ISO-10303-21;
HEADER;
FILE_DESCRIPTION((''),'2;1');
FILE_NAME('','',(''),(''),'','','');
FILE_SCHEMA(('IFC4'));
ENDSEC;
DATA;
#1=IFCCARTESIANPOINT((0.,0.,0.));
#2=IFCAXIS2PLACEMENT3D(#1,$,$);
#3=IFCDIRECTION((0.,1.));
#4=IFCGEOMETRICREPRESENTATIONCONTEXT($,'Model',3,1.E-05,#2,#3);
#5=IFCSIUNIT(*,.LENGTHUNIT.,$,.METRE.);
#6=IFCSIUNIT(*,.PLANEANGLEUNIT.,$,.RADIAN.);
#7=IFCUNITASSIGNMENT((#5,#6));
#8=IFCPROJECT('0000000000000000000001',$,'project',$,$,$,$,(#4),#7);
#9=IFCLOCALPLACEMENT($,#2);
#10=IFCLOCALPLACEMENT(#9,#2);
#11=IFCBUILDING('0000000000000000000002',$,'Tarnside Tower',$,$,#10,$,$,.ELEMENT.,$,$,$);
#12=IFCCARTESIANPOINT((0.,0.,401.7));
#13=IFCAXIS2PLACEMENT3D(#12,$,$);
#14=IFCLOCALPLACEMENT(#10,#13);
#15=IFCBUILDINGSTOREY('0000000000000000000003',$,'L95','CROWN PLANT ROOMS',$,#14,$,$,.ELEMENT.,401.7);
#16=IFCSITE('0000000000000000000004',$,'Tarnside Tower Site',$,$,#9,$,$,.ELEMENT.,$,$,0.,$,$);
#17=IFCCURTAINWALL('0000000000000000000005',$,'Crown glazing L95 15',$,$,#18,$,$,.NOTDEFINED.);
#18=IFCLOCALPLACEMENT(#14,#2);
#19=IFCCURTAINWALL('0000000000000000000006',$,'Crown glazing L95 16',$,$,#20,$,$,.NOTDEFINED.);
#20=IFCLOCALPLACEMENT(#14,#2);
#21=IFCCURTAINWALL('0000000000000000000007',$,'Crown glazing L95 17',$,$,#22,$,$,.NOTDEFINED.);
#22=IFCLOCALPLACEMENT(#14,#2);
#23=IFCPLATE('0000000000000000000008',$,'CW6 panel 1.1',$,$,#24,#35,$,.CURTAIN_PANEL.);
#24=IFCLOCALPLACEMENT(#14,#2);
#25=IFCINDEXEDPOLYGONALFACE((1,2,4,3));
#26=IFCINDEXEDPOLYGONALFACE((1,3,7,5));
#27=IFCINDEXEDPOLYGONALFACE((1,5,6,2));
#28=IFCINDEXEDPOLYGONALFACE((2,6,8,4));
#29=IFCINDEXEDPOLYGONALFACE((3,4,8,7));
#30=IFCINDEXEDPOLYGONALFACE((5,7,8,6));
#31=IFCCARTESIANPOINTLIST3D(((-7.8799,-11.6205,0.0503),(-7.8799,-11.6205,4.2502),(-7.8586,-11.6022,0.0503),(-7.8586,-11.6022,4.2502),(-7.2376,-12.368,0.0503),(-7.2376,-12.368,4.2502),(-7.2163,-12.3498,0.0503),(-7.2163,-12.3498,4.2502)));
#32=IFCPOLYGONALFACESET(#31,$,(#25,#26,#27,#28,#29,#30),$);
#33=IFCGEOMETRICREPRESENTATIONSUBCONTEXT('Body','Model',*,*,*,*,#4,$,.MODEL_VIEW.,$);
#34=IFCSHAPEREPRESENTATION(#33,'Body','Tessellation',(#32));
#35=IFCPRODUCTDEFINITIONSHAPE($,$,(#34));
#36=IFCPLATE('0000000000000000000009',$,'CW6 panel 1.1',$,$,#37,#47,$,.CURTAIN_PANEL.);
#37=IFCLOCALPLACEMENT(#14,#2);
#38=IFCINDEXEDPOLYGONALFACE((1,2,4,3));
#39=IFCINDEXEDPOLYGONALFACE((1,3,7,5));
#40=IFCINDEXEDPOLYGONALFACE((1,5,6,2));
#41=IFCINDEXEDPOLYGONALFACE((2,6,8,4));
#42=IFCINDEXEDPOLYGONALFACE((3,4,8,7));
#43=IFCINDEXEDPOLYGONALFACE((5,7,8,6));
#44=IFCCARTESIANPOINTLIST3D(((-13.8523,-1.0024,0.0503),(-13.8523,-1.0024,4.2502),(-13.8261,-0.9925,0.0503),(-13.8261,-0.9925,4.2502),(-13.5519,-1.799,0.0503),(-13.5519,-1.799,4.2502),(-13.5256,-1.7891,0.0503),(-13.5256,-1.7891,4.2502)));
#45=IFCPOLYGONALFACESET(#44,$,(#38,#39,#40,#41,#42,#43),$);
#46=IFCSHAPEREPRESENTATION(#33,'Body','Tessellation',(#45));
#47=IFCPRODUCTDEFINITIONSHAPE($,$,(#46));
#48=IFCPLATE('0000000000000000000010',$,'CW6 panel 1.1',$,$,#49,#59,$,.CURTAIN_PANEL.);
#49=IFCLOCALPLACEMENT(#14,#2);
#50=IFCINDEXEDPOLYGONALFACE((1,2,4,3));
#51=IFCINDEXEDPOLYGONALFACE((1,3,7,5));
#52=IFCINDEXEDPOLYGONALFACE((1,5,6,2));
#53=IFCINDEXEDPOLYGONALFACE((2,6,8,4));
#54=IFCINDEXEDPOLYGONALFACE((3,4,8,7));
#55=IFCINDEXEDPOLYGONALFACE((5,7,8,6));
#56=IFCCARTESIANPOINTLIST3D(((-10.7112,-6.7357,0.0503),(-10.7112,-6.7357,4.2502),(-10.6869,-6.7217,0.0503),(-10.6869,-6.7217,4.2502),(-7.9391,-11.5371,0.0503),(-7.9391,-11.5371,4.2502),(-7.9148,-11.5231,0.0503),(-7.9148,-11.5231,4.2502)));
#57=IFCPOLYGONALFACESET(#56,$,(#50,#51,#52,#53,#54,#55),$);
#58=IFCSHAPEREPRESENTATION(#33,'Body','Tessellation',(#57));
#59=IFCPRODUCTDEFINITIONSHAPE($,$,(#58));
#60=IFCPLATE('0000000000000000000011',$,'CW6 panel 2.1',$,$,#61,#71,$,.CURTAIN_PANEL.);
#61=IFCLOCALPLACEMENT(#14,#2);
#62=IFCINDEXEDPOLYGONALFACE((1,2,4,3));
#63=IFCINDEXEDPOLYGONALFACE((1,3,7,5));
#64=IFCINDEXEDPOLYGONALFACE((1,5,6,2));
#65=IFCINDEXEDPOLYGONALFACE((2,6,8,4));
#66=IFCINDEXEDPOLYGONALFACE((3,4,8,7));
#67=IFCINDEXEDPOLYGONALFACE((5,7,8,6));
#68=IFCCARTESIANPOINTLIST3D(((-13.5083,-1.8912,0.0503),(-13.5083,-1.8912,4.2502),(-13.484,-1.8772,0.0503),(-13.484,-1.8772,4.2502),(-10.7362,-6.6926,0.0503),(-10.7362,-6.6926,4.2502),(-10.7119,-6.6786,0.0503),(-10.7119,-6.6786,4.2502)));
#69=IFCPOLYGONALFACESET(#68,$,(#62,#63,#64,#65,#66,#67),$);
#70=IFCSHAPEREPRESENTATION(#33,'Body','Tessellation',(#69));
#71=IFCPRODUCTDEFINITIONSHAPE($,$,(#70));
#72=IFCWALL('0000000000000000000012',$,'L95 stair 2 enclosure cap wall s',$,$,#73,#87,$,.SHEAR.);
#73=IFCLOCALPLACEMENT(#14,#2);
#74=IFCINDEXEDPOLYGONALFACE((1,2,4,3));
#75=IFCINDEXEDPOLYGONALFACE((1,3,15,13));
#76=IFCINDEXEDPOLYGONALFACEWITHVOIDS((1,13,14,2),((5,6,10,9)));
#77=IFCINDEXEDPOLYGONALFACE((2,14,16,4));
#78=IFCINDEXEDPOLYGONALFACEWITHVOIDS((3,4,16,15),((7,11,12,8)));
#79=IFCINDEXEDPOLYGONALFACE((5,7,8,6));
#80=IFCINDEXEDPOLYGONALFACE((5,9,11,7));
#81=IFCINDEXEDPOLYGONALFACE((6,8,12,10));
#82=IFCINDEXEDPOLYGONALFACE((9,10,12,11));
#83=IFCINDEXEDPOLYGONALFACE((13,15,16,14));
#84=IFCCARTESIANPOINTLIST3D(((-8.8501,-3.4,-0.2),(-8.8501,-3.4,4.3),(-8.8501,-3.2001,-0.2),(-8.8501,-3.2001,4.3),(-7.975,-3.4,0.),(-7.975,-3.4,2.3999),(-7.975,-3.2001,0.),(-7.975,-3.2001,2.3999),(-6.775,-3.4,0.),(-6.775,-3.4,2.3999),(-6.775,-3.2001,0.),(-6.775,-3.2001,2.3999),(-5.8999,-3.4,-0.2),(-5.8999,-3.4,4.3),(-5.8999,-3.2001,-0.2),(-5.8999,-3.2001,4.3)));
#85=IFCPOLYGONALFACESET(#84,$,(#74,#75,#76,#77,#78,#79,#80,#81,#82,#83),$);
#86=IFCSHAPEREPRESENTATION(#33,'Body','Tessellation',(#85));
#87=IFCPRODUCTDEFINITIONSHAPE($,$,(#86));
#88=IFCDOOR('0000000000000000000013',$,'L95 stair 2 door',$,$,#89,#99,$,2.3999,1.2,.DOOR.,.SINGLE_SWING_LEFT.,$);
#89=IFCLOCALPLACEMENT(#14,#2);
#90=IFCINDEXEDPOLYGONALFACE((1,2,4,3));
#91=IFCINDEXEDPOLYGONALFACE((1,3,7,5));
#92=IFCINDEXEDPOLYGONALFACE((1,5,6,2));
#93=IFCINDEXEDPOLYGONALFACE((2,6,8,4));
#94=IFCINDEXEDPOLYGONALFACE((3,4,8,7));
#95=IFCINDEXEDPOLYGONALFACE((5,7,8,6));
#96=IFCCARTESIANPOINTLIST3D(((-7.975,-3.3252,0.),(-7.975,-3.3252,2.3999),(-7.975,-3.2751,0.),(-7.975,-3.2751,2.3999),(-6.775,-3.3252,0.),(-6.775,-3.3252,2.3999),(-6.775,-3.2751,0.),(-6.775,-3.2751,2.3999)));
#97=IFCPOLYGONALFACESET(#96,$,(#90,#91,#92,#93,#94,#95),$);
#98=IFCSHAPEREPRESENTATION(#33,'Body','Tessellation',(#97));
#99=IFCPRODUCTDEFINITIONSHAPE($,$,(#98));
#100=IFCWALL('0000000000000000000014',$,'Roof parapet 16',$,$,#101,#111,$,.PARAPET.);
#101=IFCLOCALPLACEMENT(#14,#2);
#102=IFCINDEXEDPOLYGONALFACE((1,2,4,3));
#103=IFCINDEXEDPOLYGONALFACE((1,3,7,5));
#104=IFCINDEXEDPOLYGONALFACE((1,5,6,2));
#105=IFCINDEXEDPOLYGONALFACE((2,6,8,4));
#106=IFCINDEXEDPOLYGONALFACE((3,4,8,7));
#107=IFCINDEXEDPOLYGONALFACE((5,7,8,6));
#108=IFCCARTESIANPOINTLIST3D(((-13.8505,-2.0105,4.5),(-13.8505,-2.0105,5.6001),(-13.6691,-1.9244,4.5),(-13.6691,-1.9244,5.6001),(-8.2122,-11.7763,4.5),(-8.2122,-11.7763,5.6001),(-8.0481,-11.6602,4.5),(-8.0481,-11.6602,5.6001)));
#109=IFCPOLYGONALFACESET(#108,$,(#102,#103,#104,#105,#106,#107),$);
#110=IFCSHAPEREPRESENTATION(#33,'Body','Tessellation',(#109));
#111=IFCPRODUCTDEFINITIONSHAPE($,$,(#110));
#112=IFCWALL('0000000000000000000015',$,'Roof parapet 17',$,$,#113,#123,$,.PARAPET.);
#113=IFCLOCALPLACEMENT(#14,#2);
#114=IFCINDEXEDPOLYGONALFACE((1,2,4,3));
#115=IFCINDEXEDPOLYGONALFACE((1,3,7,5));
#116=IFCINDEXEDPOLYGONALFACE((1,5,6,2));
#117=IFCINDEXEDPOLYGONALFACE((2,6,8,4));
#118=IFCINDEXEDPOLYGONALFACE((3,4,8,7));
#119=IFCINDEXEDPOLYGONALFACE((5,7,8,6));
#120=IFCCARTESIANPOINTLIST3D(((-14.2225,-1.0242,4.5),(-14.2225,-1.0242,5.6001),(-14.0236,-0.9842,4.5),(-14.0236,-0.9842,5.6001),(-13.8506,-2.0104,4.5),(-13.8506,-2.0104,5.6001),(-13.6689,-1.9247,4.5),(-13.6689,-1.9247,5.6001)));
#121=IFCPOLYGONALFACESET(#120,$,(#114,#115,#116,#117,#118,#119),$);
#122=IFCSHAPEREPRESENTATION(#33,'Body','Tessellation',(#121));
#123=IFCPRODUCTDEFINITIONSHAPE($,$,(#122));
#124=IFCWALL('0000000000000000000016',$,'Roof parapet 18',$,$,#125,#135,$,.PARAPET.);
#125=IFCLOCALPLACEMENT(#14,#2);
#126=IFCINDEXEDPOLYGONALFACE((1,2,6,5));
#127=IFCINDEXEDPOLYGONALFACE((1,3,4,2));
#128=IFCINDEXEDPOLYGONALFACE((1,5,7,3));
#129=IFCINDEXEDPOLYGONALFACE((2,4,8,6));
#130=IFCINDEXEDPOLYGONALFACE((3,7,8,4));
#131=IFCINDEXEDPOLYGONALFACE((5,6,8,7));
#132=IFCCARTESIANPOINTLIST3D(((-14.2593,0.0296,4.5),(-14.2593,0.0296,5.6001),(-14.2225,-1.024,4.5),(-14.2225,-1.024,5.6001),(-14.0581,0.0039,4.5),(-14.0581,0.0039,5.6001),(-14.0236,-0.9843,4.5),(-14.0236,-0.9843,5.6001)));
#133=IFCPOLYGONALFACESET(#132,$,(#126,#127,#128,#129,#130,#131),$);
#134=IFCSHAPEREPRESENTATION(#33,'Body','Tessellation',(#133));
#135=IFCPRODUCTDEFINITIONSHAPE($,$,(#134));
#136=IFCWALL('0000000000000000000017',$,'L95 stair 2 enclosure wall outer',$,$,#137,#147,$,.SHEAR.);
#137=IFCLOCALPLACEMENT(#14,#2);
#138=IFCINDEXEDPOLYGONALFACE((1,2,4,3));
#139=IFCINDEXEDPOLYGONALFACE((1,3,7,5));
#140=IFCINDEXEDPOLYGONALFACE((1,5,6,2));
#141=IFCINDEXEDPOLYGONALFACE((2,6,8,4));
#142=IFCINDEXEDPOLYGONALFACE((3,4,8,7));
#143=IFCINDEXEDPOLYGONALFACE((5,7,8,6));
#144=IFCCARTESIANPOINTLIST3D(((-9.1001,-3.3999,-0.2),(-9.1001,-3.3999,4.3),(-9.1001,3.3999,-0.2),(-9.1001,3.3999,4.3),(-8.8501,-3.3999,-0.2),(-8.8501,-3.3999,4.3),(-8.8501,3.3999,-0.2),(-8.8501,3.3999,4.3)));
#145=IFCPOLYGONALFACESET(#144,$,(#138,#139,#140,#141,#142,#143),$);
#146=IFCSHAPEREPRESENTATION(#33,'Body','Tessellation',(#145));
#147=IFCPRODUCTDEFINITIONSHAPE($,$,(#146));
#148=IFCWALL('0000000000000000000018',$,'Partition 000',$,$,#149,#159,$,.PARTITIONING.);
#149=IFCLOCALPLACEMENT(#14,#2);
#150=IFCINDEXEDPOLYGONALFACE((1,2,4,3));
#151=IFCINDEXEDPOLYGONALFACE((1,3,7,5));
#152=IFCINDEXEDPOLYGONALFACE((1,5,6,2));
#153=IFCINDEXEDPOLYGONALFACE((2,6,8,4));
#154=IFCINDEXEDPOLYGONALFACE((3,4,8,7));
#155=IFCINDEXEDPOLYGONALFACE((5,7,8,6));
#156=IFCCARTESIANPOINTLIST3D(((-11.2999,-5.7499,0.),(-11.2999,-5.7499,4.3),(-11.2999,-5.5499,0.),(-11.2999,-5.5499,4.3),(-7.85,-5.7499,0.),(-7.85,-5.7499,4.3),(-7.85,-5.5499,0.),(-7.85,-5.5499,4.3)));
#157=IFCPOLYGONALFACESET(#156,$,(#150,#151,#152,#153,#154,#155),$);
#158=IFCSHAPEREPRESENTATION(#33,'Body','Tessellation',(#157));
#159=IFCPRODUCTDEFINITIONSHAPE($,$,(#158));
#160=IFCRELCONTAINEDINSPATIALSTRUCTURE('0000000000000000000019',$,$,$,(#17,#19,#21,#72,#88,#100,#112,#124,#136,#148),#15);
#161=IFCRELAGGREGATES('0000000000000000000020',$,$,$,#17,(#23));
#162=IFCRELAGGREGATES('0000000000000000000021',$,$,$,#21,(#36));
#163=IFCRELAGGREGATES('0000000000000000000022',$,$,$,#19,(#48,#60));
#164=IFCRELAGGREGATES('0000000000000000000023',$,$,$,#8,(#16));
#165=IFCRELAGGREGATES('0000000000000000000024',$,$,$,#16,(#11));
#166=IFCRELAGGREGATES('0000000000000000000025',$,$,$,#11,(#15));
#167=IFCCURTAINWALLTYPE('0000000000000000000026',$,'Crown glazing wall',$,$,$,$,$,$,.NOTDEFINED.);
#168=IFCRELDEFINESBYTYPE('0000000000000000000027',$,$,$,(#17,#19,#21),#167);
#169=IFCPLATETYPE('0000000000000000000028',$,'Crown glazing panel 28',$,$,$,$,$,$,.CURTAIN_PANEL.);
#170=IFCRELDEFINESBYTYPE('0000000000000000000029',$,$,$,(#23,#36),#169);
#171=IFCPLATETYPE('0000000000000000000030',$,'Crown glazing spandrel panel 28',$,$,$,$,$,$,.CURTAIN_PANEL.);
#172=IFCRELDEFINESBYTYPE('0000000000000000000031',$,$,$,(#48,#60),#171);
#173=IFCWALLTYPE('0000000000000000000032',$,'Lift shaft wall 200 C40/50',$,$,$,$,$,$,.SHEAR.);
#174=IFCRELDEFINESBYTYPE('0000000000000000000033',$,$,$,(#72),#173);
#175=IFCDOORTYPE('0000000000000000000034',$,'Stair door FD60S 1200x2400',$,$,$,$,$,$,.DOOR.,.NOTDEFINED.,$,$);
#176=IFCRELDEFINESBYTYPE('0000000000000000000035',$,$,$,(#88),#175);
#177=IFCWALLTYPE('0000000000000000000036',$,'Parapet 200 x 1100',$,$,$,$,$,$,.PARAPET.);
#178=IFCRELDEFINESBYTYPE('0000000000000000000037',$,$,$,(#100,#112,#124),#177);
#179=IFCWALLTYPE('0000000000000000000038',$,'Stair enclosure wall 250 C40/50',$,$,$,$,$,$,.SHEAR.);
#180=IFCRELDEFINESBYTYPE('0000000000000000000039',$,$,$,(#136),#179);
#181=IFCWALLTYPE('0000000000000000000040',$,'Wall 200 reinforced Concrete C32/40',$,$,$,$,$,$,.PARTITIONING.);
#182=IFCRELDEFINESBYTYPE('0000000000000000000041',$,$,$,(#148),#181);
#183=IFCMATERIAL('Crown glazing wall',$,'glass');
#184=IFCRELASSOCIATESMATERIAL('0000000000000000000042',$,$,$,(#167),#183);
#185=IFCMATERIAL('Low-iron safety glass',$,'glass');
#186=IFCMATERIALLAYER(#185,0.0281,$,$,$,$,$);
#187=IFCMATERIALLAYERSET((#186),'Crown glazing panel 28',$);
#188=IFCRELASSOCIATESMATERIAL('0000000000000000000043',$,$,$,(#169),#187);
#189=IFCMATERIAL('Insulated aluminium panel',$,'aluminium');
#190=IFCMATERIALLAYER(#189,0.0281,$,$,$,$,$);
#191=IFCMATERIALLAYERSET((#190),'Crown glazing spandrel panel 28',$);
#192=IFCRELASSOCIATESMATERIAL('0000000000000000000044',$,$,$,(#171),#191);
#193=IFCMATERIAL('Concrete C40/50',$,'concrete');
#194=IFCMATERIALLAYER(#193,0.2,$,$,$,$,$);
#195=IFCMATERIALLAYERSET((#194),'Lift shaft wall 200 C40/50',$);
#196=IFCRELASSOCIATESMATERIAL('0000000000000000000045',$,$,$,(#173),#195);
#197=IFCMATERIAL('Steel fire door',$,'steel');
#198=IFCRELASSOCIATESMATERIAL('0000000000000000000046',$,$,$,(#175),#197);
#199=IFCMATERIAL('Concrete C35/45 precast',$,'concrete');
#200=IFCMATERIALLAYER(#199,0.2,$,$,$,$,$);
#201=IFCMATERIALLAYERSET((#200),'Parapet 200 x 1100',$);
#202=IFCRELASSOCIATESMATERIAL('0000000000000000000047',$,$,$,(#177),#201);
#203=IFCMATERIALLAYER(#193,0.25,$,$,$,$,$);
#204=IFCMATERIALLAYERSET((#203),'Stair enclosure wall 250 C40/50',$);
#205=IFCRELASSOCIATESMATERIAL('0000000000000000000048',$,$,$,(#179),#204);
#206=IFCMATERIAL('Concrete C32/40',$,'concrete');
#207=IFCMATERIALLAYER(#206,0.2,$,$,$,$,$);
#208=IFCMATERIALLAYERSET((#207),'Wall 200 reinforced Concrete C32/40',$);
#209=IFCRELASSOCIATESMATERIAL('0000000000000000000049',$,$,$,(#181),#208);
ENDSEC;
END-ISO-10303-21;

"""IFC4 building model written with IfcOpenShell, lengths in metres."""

from ifc_helpers import new_model, si_unit, direction, frame, frame_2d, origin, origin_2d, place, context, subcontext, project, spatial, polyline, rectangle, outline, extrude, material, layer, layer_set, type_object, element, fill, aggregate, save


model = new_model("IFC4")

# Units and contexts
model_context = context("Model", 3, precision=1e-05, world=origin(), true_north=direction((0.0, 1.0)))
body_context = subcontext(model_context, "Body", "Model", "MODEL_VIEW")
ifc_project = project(units=[si_unit("LENGTHUNIT", "METRE"), si_unit("PLANEANGLEUNIT", "RADIAN")], contexts=[model_context])

# Site, building, storey
site_placement = place(None, origin())
site = spatial("IfcSite", under=ifc_project, at=site_placement, Name="Tarnside Tower Site", CompositionType="ELEMENT", RefElevation=0.0)
building_placement = place(site_placement, origin())
building = spatial("IfcBuilding", under=site, at=building_placement, Name="Tarnside Tower", CompositionType="ELEMENT")
storey_placement = place(building_placement, frame((0.0, 0.0, 401.7)))
storey = spatial("IfcBuildingStorey", under=building, at=storey_placement, Name="L95", Description="CROWN PLANT ROOMS", CompositionType="ELEMENT", Elevation=401.7)

# Curtain wall
ifc_material_1 = material(Name="Crown glazing wall", Category="glass")
curtain_wall_type = type_object("IfcCurtainWallType", Name="Crown glazing wall", PredefinedType="NOTDEFINED", material=ifc_material_1)
curtain_wall_1_placement = place(storey_placement, origin())
curtain_wall_1 = element("IfcCurtainWall", 1, at=curtain_wall_1_placement, inside=storey, type_object=curtain_wall_type, Name="Crown glazing L95 15", PredefinedType="NOTDEFINED")

# Curtain walls
curtain_wall_2_placement = place(storey_placement, origin())
curtain_wall_2 = element("IfcCurtainWall", 2, at=curtain_wall_2_placement, inside=storey, type_object=curtain_wall_type, Name="Crown glazing L95 16", PredefinedType="NOTDEFINED")
curtain_wall_3_placement = place(storey_placement, origin())
curtain_wall_3 = element("IfcCurtainWall", 3, at=curtain_wall_3_placement, inside=storey, type_object=curtain_wall_type, Name="Crown glazing L95 17", PredefinedType="NOTDEFINED")

# Plates
ifc_material_2 = material(Name="Low-iron safety glass", Category="glass")
ifc_layer_1 = layer(ifc_material_2, 0.0281)
ifc_layer_set_1 = layer_set([ifc_layer_1], Name="Crown glazing panel 28")
plate_type_1 = type_object("IfcPlateType", Name="Crown glazing panel 28", PredefinedType="CURTAIN_PANEL", material=ifc_layer_set_1)
plate_1_placement = place(storey_placement, frame((-7.5481, -11.9851, 0.0503), z_axis=(0.0, 0.0, 1.0), x_axis=(-0.651657, 0.758514, 0.0)))
plate_1 = element("IfcPlate", 4, at=plate_1_placement, type_object=plate_type_1, Name="CW6 panel 1.1", PredefinedType="CURTAIN_PANEL", context=body_context, shape_type="SweptSolid", body=[
    extrude(rectangle(XDim=0.9856, YDim=0.0281, at=origin_2d()), origin(), (0.0, 0.0, 1.0), 4.2),
])
aggregate(curtain_wall_1, [plate_1])
plate_2_placement = place(storey_placement, frame((-13.689, -1.3958, 0.0503), z_axis=(0.0, 0.0, 1.0), x_axis=(-0.352931, 0.93565, 0.0)))
plate_2 = element("IfcPlate", 5, at=plate_2_placement, type_object=plate_type_1, Name="CW6 panel 1.1", PredefinedType="CURTAIN_PANEL", context=body_context, shape_type="SweptSolid", body=[
    extrude(rectangle(XDim=0.8513, YDim=0.0281, at=origin_2d()), origin(), (0.0, 0.0, 1.0), 4.2),
])
aggregate(curtain_wall_3, [plate_2])
ifc_material_3 = material(Name="Insulated aluminium panel", Category="aluminium")
ifc_layer_2 = layer(ifc_material_3, 0.0281)
ifc_layer_set_2 = layer_set([ifc_layer_2], Name="Crown glazing spandrel panel 28")
plate_type_2 = type_object("IfcPlateType", Name="Crown glazing spandrel panel 28", PredefinedType="CURTAIN_PANEL", material=ifc_layer_set_2)
plate_3_placement = place(storey_placement, frame((-9.313, -9.1294, 0.0503), z_axis=(0.0, 0.0, 1.0), x_axis=(-0.5, 0.866025, 0.0)))
plate_3 = element("IfcPlate", 6, at=plate_3_placement, type_object=plate_type_2, Name="CW6 panel 1.1", PredefinedType="CURTAIN_PANEL", context=body_context, shape_type="SweptSolid", body=[
    extrude(rectangle(XDim=5.5442, YDim=0.0281, at=origin_2d()), origin(), (0.0, 0.0, 1.0), 4.2),
])
plate_4_placement = place(storey_placement, frame((-12.1101, -4.2849, 0.0503), z_axis=(0.0, 0.0, 1.0), x_axis=(-0.5, 0.866025, 0.0)))
plate_4 = element("IfcPlate", 7, at=plate_4_placement, type_object=plate_type_2, Name="CW6 panel 2.1", PredefinedType="CURTAIN_PANEL", context=body_context, shape_type="SweptSolid", body=[
    extrude(rectangle(XDim=5.5442, YDim=0.0281, at=origin_2d()), origin(), (0.0, 0.0, 1.0), 4.2),
])
aggregate(curtain_wall_2, [plate_3, plate_4])

# Wall, opening, door
ifc_material_4 = material(Name="Concrete C40/50", Category="concrete")
ifc_layer_3 = layer(ifc_material_4, 0.2)
ifc_layer_set_3 = layer_set([ifc_layer_3], Name="Lift shaft wall 200 C40/50")
wall_type_1 = type_object("IfcWallType", Name="Lift shaft wall 200 C40/50", PredefinedType="SHEAR", material=ifc_layer_set_3)
wall_1_placement = place(storey_placement, frame((-8.8501, -3.3, -0.2), z_axis=(0.0, 0.0, 1.0), x_axis=(1.0, 0.0, 0.0)))
wall_1 = element("IfcWall", 8, at=wall_1_placement, inside=storey, type_object=wall_type_1, Name="L95 stair 2 enclosure cap wall s", PredefinedType="SHEAR", context=body_context, shape_type="SweptSolid", body=[
    extrude(rectangle(XDim=2.9502, YDim=0.2, at=frame_2d((1.4751, 0.0))), origin(), (0.0, 0.0, 1.0), 4.5),
])
opening_1_placement = place(wall_1_placement, frame((0.875, 0.0, 0.2)))
opening_1 = element("IfcOpeningElement", 9, at=opening_1_placement, cuts=wall_1, PredefinedType="OPENING", context=body_context, shape_type="SweptSolid", body=[
    extrude(rectangle(XDim=1.2, YDim=2.3999, at=frame_2d((0.6001, 1.2))), frame((0.0, 0.1099, 0.0), z_axis=(0.0, -1.0, 0.0), x_axis=(1.0, 0.0, 0.0)), (0.0, 0.0, 1.0), 0.22),
])
ifc_material_5 = material(Name="Steel fire door", Category="steel")
door_type_1 = type_object("IfcDoorType", Name="Stair door FD60S 1200x2400", OperationType="NOTDEFINED", PredefinedType="DOOR", material=ifc_material_5)
door_1_placement = place(opening_1_placement, origin())
door_1 = element("IfcDoor", 10, at=door_1_placement, inside=storey, type_object=door_type_1, Name="L95 stair 2 door", OperationType="SINGLE_SWING_LEFT", OverallHeight=2.3999, OverallWidth=1.2, PredefinedType="DOOR", context=body_context, shape_type="SweptSolid", body=[
    extrude(rectangle(XDim=1.2, YDim=2.3999, at=frame_2d((0.6001, 1.2))), frame((0.0, 0.0249, 0.0), z_axis=(0.0, -1.0, 0.0), x_axis=(1.0, 0.0, 0.0)), (0.0, 0.0, 1.0), 0.05),
])
fill(opening_1, door_1)

# Walls
ifc_material_6 = material(Name="Concrete C35/45 precast", Category="concrete")
ifc_layer_4 = layer(ifc_material_6, 0.2)
ifc_layer_set_4 = layer_set([ifc_layer_4], Name="Parapet 200 x 1100")
wall_type_2 = type_object("IfcWallType", Name="Parapet 200 x 1100", PredefinedType="PARAPET", material=ifc_layer_set_4)
wall_2_placement = place(storey_placement, frame((-8.1301, -11.7183, 4.5), z_axis=(0.0, 0.0, 1.0), x_axis=(-0.500003, 0.866023, 0.0)))
element("IfcWall", 11, at=wall_2_placement, inside=storey, type_object=wall_type_2, Name="Roof parapet 16", PredefinedType="PARAPET", context=body_context, shape_type="SweptSolid", body=[
    extrude(outline(polyline([(0.0093, -0.1001), (11.2512, -0.1001), (11.2673, 0.1001), (-0.0093, 0.1001), (0.0093, -0.1001)])), origin(), (0.0, 0.0, 1.0), 1.1001),
])
wall_3_placement = place(storey_placement, frame((-13.7598, -1.9675, 4.5), z_axis=(0.0, 0.0, 1.0), x_axis=(-0.352838, 0.935684, 0.0)))
element("IfcWall", 12, at=wall_3_placement, inside=storey, type_object=wall_type_2, Name="Roof parapet 17", PredefinedType="PARAPET", context=body_context, shape_type="SweptSolid", body=[
    extrude(outline(polyline([(0.0081, -0.1001), (1.0132, -0.1001), (1.0459, 0.1001), (-0.0081, 0.1001), (0.0081, -0.1001)])), origin(), (0.0, 0.0, 1.0), 1.1001),
])
wall_4_placement = place(storey_placement, frame((-14.123, -1.0042, 4.5), z_axis=(0.0, 0.0, 1.0), x_axis=(-0.034899, 0.999391, 0.0)))
element("IfcWall", 13, at=wall_4_placement, inside=storey, type_object=wall_type_2, Name="Roof parapet 18", PredefinedType="PARAPET", context=body_context, shape_type="SweptSolid", body=[
    extrude(outline(polyline([(0.0164, -0.1001), (1.0051, -0.1001), (1.0378, 0.1001), (-0.0164, 0.1001), (0.0164, -0.1001)])), origin(), (0.0, 0.0, 1.0), 1.1001),
])
ifc_layer_5 = layer(ifc_material_4, 0.25)
ifc_layer_set_5 = layer_set([ifc_layer_5], Name="Stair enclosure wall 250 C40/50")
wall_type_3 = type_object("IfcWallType", Name="Stair enclosure wall 250 C40/50", PredefinedType="SHEAR", material=ifc_layer_set_5)
wall_5_placement = place(storey_placement, frame((-8.9751, -3.3999, -0.2), z_axis=(0.0, 0.0, 1.0), x_axis=(0.0, 1.0, 0.0)))
element("IfcWall", 14, at=wall_5_placement, inside=storey, type_object=wall_type_3, Name="L95 stair 2 enclosure wall outer", PredefinedType="SHEAR", context=body_context, shape_type="SweptSolid", body=[
    extrude(rectangle(XDim=6.7998, YDim=0.25, at=frame_2d((3.3999, 0.0))), origin(), (0.0, 0.0, 1.0), 4.5),
])
ifc_material_7 = material(Name="Concrete C32/40", Category="concrete")
ifc_layer_6 = layer(ifc_material_7, 0.2)
ifc_layer_set_6 = layer_set([ifc_layer_6], Name="Wall 200 reinforced Concrete C32/40")
wall_type_4 = type_object("IfcWallType", Name="Wall 200 reinforced Concrete C32/40", PredefinedType="PARTITIONING", material=ifc_layer_set_6)
wall_6_placement = place(storey_placement, frame((-11.3, -5.6499, 0.0), z_axis=(0.0, 0.0, 1.0), x_axis=(1.0, 0.0, 0.0)))
element("IfcWall", 15, at=wall_6_placement, inside=storey, type_object=wall_type_4, Name="Partition 000", PredefinedType="PARTITIONING", context=body_context, shape_type="SweptSolid", body=[
    extrude(rectangle(XDim=3.45, YDim=0.2, at=frame_2d((1.7251, 0.0))), origin(), (0.0, 0.0, 1.0), 4.3),
])

save(model, "model.ifc")
